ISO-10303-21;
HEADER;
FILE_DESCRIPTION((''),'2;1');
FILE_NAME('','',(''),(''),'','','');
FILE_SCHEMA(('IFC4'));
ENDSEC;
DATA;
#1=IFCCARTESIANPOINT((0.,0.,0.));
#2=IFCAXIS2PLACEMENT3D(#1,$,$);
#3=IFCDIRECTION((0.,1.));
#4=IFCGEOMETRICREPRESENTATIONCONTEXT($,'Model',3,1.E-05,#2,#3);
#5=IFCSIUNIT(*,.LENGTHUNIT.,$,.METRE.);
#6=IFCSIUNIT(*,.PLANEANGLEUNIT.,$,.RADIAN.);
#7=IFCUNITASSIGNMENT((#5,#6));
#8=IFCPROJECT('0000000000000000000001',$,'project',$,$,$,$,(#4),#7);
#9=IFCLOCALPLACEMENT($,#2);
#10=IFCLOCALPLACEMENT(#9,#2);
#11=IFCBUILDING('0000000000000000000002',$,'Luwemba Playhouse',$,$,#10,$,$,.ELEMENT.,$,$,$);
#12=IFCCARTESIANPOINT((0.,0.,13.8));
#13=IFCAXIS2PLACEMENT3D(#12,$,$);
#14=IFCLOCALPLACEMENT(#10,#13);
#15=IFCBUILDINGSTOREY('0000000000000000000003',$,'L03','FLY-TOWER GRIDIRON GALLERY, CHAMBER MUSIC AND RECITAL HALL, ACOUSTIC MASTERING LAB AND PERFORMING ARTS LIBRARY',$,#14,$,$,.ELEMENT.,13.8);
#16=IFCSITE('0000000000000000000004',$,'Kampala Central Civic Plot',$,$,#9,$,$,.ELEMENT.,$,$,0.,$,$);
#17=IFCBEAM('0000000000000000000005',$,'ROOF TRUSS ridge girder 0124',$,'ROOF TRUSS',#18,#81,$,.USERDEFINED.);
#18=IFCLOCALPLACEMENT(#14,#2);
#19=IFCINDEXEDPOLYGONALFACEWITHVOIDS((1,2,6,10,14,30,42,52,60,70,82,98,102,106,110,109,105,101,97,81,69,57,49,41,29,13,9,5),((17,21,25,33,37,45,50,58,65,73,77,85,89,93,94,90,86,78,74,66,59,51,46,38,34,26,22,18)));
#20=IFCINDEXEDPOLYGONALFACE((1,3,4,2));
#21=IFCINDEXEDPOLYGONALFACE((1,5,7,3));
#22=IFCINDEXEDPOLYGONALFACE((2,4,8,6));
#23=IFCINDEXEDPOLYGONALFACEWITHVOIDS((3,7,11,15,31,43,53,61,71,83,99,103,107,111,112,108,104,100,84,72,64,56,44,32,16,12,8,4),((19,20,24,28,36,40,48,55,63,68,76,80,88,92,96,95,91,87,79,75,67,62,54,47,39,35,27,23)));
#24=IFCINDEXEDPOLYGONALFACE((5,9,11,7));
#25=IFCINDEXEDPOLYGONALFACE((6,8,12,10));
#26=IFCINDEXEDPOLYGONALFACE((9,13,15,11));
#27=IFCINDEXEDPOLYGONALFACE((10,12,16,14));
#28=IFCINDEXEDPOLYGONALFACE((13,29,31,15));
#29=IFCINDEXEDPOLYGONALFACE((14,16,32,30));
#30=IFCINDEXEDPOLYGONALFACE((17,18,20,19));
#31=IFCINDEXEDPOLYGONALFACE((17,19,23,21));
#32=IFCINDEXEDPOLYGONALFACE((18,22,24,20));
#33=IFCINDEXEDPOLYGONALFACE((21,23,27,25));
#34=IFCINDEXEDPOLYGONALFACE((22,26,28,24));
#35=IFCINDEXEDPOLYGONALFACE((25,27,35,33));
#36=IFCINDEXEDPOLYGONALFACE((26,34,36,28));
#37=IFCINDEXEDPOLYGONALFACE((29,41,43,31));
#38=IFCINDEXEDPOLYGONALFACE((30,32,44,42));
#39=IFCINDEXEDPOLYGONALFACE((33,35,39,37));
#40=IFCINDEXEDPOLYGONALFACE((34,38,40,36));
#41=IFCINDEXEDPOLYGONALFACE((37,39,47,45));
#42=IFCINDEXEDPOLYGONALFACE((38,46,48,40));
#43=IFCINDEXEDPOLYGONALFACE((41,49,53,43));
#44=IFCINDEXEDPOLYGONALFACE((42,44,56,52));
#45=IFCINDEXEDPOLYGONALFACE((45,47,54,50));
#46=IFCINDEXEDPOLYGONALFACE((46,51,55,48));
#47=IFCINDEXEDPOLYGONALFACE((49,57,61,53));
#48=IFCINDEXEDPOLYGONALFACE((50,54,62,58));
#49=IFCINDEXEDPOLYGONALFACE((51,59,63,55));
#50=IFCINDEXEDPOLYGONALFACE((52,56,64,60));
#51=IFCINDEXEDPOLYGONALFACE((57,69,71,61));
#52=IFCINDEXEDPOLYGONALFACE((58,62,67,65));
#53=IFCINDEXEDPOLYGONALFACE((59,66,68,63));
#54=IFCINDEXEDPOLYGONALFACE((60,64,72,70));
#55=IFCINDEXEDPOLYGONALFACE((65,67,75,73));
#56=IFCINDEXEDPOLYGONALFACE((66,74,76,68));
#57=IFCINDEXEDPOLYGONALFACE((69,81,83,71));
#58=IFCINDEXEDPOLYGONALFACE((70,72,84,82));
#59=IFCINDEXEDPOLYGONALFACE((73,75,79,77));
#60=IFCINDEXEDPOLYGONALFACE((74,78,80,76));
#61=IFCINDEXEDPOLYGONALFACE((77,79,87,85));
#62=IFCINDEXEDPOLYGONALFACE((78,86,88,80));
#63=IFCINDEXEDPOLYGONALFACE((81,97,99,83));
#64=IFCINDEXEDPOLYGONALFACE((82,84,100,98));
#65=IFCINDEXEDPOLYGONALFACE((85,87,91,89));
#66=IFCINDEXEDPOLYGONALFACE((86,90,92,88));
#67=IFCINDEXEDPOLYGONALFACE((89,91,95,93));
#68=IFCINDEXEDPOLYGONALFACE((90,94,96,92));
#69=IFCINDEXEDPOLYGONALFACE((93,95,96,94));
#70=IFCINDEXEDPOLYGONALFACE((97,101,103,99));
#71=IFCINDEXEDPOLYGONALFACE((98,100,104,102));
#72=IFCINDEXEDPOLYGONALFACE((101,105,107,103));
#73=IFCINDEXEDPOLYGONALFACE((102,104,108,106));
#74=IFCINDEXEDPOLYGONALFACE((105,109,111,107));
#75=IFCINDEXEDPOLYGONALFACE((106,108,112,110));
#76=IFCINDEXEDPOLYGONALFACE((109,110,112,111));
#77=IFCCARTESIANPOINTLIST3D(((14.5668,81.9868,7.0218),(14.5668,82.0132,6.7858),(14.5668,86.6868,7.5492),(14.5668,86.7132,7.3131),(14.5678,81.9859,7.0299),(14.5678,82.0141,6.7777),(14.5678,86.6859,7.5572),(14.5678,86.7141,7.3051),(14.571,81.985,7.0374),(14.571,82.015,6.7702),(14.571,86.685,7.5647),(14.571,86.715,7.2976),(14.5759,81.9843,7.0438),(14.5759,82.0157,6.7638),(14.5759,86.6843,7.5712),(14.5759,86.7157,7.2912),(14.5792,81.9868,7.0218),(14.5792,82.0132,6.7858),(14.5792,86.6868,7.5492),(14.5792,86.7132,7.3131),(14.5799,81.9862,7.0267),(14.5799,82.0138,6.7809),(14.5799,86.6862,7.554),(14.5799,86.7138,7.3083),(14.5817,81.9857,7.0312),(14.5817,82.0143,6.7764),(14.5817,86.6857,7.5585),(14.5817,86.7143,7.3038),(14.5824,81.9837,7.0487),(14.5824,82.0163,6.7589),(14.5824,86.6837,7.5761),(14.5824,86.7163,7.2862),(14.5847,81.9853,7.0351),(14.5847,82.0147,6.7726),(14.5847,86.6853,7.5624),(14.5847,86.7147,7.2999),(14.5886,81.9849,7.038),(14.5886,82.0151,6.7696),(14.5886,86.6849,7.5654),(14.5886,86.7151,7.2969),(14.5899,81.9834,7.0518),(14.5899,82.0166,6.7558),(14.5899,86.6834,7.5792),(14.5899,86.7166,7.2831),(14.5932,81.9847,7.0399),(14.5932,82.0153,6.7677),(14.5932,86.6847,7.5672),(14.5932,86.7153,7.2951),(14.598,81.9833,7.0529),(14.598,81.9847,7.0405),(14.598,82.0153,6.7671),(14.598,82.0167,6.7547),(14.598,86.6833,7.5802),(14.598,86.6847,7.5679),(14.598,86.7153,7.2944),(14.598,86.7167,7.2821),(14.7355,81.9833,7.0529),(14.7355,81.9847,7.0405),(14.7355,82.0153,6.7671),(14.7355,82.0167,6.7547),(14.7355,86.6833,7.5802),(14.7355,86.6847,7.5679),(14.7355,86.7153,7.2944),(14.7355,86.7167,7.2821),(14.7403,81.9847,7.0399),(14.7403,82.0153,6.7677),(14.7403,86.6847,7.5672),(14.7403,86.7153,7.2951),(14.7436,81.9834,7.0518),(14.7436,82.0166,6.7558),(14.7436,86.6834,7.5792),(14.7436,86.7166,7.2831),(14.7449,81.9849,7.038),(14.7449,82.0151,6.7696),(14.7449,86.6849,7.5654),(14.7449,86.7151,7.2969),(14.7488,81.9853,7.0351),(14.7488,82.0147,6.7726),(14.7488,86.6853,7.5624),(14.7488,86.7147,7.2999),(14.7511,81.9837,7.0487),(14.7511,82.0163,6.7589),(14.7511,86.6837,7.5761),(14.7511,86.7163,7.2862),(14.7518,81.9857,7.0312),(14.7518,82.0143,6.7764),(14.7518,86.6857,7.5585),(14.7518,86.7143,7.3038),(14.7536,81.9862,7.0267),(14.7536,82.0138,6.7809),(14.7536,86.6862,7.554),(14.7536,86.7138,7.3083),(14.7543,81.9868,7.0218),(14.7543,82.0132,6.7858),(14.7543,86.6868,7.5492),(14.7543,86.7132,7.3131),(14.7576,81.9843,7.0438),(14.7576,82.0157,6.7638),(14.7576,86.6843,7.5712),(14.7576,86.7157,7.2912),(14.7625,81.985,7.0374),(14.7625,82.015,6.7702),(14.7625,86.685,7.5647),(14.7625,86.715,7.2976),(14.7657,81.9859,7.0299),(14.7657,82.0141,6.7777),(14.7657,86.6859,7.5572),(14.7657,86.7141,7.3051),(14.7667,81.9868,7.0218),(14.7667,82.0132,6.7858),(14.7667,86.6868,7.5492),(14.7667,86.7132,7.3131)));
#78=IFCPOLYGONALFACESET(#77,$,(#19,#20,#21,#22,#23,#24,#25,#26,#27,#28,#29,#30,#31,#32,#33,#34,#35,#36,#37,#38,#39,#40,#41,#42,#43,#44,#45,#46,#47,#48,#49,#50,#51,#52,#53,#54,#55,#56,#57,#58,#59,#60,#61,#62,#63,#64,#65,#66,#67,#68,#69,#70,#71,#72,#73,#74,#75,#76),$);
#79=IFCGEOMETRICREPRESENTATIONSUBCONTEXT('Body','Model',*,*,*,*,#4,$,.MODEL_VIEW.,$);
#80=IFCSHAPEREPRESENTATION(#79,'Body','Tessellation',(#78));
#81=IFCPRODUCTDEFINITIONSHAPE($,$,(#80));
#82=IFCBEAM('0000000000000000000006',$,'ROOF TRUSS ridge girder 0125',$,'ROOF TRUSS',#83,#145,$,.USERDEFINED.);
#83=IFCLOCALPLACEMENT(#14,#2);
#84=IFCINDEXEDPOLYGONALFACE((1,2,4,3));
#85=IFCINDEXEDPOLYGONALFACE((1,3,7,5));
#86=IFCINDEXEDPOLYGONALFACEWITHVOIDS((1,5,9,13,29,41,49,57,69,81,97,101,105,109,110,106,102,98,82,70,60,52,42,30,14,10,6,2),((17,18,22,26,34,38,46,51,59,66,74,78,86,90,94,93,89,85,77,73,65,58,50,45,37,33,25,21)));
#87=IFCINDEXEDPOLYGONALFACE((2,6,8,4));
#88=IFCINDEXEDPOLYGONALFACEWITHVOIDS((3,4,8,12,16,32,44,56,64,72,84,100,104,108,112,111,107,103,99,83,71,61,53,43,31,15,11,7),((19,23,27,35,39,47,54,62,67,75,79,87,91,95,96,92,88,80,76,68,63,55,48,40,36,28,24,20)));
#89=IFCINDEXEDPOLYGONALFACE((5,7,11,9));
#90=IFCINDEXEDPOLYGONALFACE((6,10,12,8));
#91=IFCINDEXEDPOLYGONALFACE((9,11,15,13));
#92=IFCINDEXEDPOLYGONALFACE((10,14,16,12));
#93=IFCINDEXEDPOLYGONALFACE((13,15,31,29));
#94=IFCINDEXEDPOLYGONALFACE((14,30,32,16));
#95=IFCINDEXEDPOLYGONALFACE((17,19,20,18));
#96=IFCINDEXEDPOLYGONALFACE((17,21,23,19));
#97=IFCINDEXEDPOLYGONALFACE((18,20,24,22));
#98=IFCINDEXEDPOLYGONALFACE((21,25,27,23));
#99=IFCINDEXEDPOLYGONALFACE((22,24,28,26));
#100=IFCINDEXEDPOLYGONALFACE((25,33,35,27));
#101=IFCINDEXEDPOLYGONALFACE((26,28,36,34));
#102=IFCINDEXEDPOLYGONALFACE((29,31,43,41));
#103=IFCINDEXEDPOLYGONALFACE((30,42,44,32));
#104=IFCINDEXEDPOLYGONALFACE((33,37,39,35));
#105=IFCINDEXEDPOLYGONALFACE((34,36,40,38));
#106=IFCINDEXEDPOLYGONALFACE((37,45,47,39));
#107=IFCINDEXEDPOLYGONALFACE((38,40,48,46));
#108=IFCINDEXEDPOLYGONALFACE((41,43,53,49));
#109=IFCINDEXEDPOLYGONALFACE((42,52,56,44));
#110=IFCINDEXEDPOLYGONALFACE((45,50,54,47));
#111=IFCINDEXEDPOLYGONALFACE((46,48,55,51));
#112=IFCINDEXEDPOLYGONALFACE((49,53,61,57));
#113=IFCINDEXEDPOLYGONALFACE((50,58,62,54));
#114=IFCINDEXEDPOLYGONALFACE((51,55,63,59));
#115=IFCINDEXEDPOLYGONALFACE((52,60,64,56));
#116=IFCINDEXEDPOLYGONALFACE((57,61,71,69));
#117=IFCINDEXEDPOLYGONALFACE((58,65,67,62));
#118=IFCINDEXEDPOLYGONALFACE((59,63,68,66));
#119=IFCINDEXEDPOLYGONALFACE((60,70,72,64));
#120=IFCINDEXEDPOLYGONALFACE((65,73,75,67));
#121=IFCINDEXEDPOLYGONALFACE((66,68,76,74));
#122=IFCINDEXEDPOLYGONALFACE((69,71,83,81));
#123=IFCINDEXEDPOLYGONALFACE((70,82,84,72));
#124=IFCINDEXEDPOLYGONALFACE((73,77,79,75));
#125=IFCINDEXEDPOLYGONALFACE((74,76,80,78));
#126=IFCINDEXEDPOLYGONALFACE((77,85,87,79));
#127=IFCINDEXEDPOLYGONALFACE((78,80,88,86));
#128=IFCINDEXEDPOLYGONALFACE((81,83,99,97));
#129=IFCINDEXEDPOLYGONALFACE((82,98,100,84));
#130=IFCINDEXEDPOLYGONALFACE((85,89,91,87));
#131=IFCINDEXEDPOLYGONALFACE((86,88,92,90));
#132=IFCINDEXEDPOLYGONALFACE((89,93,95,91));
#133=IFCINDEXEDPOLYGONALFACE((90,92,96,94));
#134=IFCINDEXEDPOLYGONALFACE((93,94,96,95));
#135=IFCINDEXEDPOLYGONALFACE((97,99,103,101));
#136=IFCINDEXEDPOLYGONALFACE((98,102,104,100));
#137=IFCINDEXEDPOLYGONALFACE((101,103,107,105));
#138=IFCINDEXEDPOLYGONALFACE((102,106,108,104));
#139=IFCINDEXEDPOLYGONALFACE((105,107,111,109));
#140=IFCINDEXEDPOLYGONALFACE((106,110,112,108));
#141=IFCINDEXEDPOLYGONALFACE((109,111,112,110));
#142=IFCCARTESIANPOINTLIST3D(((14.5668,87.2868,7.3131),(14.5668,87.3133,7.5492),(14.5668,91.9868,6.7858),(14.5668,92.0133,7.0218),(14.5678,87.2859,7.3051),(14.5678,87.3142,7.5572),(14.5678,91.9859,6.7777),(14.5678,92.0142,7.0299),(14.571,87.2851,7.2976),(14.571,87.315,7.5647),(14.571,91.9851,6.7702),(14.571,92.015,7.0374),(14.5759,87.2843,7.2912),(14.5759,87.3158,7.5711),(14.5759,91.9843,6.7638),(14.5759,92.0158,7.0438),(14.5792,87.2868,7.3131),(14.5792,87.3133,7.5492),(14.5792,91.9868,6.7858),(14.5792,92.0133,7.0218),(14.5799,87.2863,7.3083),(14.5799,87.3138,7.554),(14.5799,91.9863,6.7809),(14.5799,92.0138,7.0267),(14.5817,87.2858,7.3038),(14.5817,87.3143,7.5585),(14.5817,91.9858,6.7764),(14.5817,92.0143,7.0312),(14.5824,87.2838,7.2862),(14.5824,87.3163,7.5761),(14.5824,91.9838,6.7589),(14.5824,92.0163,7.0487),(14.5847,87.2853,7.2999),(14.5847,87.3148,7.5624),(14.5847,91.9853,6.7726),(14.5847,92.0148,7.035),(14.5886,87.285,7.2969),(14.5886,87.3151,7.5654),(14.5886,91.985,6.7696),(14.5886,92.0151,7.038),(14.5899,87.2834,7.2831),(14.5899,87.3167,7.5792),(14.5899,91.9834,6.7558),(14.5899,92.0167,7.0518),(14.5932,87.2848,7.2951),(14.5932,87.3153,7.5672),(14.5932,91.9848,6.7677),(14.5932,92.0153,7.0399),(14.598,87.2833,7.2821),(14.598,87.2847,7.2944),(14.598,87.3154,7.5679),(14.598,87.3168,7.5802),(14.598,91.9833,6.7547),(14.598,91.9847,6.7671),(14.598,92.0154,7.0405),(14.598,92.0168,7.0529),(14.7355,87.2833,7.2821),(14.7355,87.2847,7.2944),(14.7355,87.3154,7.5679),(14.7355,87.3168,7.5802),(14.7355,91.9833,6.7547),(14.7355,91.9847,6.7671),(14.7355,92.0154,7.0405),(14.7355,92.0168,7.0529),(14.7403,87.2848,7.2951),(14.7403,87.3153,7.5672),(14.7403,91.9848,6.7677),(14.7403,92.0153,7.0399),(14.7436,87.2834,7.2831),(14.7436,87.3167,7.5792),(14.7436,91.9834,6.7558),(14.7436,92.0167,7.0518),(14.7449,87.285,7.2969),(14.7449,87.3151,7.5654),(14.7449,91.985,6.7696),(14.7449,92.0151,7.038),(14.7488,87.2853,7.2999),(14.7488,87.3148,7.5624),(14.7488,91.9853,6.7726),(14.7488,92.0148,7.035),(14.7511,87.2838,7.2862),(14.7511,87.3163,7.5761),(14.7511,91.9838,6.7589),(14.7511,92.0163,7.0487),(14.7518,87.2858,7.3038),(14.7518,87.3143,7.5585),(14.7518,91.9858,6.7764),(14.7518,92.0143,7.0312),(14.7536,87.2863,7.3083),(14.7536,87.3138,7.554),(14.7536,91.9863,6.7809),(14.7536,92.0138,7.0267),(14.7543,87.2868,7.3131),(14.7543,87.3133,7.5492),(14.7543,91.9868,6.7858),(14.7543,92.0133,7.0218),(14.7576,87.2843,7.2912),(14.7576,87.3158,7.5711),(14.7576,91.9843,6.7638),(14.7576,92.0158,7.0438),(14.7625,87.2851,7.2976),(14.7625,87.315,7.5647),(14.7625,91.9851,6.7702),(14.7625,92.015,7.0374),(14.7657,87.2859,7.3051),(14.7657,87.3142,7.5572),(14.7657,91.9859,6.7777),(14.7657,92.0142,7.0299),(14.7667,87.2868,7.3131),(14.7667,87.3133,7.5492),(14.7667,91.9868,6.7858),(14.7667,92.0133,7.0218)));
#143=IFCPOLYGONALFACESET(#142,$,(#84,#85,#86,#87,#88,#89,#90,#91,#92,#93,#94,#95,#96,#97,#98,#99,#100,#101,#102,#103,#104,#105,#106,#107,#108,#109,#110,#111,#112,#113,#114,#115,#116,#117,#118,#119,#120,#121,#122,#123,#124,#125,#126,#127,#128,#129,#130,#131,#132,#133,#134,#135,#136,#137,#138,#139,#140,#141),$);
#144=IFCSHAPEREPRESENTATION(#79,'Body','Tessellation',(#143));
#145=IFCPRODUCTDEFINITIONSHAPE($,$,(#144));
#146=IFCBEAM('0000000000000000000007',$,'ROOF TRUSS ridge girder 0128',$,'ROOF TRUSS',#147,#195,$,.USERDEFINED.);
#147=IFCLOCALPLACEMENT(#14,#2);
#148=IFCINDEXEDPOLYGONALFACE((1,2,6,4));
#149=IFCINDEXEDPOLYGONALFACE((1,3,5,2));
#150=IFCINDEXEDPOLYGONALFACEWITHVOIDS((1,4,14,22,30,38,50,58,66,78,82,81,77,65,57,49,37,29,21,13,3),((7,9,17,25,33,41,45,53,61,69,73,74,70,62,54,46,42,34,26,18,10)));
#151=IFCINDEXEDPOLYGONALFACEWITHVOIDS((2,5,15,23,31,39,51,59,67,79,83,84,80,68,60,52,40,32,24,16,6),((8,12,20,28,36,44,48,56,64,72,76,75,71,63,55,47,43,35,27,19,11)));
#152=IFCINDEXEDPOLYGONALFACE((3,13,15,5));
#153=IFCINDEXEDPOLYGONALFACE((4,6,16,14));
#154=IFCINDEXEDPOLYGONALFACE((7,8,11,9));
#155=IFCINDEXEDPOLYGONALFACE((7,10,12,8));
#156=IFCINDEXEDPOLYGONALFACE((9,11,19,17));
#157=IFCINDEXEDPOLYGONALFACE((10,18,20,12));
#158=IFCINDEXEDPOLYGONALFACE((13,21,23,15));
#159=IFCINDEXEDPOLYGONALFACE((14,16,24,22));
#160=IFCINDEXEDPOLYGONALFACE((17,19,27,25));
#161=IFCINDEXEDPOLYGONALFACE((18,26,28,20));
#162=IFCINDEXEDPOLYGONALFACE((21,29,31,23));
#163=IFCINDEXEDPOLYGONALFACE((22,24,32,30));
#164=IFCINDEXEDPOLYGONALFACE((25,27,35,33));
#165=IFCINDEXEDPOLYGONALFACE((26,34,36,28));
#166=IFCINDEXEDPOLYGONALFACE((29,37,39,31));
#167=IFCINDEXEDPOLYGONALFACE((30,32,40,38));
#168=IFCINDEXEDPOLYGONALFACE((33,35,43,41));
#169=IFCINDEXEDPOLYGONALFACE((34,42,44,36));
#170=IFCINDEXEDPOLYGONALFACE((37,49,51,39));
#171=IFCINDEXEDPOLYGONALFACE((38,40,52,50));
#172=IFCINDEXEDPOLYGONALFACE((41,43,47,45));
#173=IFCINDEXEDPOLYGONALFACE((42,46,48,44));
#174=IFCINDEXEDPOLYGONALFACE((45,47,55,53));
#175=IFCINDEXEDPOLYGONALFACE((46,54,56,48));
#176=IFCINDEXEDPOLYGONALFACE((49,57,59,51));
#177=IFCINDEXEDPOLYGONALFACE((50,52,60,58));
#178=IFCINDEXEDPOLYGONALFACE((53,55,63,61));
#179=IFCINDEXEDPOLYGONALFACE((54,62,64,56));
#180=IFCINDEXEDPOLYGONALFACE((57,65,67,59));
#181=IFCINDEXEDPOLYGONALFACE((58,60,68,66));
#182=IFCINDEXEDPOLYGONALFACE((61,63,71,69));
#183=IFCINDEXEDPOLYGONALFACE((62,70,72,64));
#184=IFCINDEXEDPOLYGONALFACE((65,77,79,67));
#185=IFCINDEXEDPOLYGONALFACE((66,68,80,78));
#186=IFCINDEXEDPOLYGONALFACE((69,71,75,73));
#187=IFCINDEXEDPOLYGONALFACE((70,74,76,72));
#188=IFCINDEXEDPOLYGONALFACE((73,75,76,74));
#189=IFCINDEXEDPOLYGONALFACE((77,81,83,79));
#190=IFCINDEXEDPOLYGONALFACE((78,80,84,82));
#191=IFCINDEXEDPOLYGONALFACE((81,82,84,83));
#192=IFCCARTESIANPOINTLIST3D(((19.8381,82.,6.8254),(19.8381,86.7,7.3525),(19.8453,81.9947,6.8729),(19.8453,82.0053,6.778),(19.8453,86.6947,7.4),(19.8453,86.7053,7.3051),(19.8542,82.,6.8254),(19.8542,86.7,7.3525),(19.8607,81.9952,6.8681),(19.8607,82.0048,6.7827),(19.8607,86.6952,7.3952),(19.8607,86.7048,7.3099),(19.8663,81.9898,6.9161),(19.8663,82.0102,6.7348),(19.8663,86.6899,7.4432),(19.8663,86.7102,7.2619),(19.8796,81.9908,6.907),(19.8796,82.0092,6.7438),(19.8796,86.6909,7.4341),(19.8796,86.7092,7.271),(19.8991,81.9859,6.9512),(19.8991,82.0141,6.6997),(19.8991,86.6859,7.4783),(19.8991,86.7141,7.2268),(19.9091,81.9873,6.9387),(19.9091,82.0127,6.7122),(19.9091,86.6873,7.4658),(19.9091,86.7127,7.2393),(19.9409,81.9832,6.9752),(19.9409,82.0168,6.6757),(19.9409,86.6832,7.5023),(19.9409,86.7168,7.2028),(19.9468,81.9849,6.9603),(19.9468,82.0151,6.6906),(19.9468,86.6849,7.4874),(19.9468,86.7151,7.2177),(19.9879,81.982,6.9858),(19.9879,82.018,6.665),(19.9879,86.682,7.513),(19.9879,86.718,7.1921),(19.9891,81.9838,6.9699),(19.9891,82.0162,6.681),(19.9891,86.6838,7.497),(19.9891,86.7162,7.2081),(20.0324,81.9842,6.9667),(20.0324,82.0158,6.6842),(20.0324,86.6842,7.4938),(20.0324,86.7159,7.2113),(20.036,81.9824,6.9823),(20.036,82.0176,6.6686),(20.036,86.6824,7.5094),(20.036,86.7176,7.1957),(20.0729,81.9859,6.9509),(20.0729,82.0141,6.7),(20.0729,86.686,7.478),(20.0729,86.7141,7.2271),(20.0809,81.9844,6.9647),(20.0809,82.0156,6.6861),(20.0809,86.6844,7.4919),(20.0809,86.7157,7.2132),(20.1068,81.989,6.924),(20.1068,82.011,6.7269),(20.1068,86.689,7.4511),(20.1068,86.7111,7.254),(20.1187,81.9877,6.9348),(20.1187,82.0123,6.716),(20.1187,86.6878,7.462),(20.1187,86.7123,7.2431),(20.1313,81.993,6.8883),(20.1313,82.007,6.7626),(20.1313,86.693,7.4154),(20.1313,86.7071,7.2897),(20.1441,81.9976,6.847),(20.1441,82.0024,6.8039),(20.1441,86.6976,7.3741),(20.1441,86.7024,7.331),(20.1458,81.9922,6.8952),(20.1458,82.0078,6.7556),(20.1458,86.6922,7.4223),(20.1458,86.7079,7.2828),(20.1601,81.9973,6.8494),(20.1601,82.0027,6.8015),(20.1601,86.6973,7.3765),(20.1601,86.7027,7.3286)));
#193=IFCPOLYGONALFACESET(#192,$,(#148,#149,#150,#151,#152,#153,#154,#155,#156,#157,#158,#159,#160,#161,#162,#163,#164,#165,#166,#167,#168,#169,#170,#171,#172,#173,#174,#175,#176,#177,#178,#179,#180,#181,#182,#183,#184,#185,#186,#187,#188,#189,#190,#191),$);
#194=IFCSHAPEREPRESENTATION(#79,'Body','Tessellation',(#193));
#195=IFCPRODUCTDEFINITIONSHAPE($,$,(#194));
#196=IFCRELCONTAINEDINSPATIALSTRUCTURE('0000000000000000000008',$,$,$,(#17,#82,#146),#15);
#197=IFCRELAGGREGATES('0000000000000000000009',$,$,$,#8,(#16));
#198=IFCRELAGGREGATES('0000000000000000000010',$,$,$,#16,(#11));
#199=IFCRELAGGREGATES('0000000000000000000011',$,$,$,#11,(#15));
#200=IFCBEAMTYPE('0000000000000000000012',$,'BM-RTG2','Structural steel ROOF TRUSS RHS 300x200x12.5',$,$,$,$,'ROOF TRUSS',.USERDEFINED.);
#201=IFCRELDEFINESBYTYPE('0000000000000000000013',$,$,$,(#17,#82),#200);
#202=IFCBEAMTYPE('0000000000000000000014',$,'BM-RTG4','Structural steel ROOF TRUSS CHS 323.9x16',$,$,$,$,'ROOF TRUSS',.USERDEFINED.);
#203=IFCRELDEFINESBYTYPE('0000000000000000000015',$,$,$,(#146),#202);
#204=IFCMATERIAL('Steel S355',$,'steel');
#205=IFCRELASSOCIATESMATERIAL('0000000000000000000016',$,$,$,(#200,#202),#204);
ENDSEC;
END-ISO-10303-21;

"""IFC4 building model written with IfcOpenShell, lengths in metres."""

from ifc_helpers import new_model, si_unit, direction, frame, origin, origin_2d, place, context, subcontext, project, spatial, hollow_rectangle, hollow_circle, extrude, material, material_profile, profile_set, type_object, element, save


model = new_model("IFC4")

# Units and contexts
model_context = context("Model", 3, precision=1e-05, world=origin(), true_north=direction((0.0, 1.0)))
body_context = subcontext(model_context, "Body", "Model", "MODEL_VIEW")
ifc_project = project(units=[si_unit("LENGTHUNIT", "METRE"), si_unit("PLANEANGLEUNIT", "RADIAN")], contexts=[model_context])

# Site, building, storey
site_placement = place(None, origin())
site = spatial("IfcSite", under=ifc_project, at=site_placement, Name="Kampala Central Civic Plot", CompositionType="ELEMENT", RefElevation=0.0)
building_placement = place(site_placement, origin())
building = spatial("IfcBuilding", under=site, at=building_placement, Name="Luwemba Playhouse", CompositionType="ELEMENT")
storey_placement = place(building_placement, frame((0.0, 0.0, 13.8)))
storey = spatial("IfcBuildingStorey", under=building, at=storey_placement, Name="L03", Description="FLY-TOWER GRIDIRON GALLERY, CHAMBER MUSIC AND RECITAL HALL, ACOUSTIC MASTERING LAB AND PERFORMING ARTS LIBRARY", CompositionType="ELEMENT", Elevation=13.8)

# Beams
ifc_material_1 = material(Name="Steel S355", Category="steel")
ifc_material_profile_1 = material_profile(ifc_material_1, hollow_rectangle(XDim=0.2, YDim=0.3, WallThickness=0.0125, InnerFilletRadius=0.0188, OuterFilletRadius=0.0312, at=origin_2d()))
ifc_profile_set_1 = profile_set([ifc_material_profile_1], Name="Steel S355")
beam_type_1 = type_object("IfcBeamType", Name="BM-RTG2", Description="Structural steel ROOF TRUSS RHS 300x200x12.5", ElementType="ROOF TRUSS", PredefinedType="USERDEFINED", material=ifc_profile_set_1)
for number, where, z_axis, x_axis, name in (
    (1, (14.6667, 82.0, 6.9038), (0.0, 0.993764, 0.111502), (-1.0, 0.0, 0.0), "ROOF TRUSS ridge girder 0124"),
    (2, (14.6667, 87.3, 7.4312), (0.0, 0.993764, -0.111502), (-1.0, 0.0, 0.0), "ROOF TRUSS ridge girder 0125"),
):
    element("IfcBeam", number, at=place(storey_placement, frame(where, z_axis=z_axis, x_axis=x_axis)), inside=storey, type_object=beam_type_1, Name=name, ObjectType="ROOF TRUSS", PredefinedType="USERDEFINED", context=body_context, shape_type="SweptSolid", body=[
        extrude(hollow_rectangle(XDim=0.2, YDim=0.3, WallThickness=0.0125, InnerFilletRadius=0.0188, OuterFilletRadius=0.0312, at=origin_2d()), origin(), (0.0, 0.0, 1.0), 4.7295),
    ])
ifc_material_profile_2 = material_profile(ifc_material_1, hollow_circle(Radius=0.1619, WallThickness=0.0161, at=origin_2d()))
ifc_profile_set_2 = profile_set([ifc_material_profile_2], Name="Steel S355")
beam_type_2 = type_object("IfcBeamType", Name="BM-RTG4", Description="Structural steel ROOF TRUSS CHS 323.9x16", ElementType="ROOF TRUSS", PredefinedType="USERDEFINED", material=ifc_profile_set_2)
beam_placement = place(storey_placement, frame((20.0, 82.0, 6.8254), z_axis=(0.0, 0.99377, 0.111451), x_axis=(-1.0, 0.0, 0.0)))
element("IfcBeam", 3, at=beam_placement, inside=storey, type_object=beam_type_2, Name="ROOF TRUSS ridge girder 0128", ObjectType="ROOF TRUSS", PredefinedType="USERDEFINED", context=body_context, shape_type="SweptSolid", body=[
    extrude(hollow_circle(Radius=0.1619, WallThickness=0.0161, at=origin_2d()), origin(), (0.0, 0.0, 1.0), 4.7295),
])

save(model, "model.ifc")
